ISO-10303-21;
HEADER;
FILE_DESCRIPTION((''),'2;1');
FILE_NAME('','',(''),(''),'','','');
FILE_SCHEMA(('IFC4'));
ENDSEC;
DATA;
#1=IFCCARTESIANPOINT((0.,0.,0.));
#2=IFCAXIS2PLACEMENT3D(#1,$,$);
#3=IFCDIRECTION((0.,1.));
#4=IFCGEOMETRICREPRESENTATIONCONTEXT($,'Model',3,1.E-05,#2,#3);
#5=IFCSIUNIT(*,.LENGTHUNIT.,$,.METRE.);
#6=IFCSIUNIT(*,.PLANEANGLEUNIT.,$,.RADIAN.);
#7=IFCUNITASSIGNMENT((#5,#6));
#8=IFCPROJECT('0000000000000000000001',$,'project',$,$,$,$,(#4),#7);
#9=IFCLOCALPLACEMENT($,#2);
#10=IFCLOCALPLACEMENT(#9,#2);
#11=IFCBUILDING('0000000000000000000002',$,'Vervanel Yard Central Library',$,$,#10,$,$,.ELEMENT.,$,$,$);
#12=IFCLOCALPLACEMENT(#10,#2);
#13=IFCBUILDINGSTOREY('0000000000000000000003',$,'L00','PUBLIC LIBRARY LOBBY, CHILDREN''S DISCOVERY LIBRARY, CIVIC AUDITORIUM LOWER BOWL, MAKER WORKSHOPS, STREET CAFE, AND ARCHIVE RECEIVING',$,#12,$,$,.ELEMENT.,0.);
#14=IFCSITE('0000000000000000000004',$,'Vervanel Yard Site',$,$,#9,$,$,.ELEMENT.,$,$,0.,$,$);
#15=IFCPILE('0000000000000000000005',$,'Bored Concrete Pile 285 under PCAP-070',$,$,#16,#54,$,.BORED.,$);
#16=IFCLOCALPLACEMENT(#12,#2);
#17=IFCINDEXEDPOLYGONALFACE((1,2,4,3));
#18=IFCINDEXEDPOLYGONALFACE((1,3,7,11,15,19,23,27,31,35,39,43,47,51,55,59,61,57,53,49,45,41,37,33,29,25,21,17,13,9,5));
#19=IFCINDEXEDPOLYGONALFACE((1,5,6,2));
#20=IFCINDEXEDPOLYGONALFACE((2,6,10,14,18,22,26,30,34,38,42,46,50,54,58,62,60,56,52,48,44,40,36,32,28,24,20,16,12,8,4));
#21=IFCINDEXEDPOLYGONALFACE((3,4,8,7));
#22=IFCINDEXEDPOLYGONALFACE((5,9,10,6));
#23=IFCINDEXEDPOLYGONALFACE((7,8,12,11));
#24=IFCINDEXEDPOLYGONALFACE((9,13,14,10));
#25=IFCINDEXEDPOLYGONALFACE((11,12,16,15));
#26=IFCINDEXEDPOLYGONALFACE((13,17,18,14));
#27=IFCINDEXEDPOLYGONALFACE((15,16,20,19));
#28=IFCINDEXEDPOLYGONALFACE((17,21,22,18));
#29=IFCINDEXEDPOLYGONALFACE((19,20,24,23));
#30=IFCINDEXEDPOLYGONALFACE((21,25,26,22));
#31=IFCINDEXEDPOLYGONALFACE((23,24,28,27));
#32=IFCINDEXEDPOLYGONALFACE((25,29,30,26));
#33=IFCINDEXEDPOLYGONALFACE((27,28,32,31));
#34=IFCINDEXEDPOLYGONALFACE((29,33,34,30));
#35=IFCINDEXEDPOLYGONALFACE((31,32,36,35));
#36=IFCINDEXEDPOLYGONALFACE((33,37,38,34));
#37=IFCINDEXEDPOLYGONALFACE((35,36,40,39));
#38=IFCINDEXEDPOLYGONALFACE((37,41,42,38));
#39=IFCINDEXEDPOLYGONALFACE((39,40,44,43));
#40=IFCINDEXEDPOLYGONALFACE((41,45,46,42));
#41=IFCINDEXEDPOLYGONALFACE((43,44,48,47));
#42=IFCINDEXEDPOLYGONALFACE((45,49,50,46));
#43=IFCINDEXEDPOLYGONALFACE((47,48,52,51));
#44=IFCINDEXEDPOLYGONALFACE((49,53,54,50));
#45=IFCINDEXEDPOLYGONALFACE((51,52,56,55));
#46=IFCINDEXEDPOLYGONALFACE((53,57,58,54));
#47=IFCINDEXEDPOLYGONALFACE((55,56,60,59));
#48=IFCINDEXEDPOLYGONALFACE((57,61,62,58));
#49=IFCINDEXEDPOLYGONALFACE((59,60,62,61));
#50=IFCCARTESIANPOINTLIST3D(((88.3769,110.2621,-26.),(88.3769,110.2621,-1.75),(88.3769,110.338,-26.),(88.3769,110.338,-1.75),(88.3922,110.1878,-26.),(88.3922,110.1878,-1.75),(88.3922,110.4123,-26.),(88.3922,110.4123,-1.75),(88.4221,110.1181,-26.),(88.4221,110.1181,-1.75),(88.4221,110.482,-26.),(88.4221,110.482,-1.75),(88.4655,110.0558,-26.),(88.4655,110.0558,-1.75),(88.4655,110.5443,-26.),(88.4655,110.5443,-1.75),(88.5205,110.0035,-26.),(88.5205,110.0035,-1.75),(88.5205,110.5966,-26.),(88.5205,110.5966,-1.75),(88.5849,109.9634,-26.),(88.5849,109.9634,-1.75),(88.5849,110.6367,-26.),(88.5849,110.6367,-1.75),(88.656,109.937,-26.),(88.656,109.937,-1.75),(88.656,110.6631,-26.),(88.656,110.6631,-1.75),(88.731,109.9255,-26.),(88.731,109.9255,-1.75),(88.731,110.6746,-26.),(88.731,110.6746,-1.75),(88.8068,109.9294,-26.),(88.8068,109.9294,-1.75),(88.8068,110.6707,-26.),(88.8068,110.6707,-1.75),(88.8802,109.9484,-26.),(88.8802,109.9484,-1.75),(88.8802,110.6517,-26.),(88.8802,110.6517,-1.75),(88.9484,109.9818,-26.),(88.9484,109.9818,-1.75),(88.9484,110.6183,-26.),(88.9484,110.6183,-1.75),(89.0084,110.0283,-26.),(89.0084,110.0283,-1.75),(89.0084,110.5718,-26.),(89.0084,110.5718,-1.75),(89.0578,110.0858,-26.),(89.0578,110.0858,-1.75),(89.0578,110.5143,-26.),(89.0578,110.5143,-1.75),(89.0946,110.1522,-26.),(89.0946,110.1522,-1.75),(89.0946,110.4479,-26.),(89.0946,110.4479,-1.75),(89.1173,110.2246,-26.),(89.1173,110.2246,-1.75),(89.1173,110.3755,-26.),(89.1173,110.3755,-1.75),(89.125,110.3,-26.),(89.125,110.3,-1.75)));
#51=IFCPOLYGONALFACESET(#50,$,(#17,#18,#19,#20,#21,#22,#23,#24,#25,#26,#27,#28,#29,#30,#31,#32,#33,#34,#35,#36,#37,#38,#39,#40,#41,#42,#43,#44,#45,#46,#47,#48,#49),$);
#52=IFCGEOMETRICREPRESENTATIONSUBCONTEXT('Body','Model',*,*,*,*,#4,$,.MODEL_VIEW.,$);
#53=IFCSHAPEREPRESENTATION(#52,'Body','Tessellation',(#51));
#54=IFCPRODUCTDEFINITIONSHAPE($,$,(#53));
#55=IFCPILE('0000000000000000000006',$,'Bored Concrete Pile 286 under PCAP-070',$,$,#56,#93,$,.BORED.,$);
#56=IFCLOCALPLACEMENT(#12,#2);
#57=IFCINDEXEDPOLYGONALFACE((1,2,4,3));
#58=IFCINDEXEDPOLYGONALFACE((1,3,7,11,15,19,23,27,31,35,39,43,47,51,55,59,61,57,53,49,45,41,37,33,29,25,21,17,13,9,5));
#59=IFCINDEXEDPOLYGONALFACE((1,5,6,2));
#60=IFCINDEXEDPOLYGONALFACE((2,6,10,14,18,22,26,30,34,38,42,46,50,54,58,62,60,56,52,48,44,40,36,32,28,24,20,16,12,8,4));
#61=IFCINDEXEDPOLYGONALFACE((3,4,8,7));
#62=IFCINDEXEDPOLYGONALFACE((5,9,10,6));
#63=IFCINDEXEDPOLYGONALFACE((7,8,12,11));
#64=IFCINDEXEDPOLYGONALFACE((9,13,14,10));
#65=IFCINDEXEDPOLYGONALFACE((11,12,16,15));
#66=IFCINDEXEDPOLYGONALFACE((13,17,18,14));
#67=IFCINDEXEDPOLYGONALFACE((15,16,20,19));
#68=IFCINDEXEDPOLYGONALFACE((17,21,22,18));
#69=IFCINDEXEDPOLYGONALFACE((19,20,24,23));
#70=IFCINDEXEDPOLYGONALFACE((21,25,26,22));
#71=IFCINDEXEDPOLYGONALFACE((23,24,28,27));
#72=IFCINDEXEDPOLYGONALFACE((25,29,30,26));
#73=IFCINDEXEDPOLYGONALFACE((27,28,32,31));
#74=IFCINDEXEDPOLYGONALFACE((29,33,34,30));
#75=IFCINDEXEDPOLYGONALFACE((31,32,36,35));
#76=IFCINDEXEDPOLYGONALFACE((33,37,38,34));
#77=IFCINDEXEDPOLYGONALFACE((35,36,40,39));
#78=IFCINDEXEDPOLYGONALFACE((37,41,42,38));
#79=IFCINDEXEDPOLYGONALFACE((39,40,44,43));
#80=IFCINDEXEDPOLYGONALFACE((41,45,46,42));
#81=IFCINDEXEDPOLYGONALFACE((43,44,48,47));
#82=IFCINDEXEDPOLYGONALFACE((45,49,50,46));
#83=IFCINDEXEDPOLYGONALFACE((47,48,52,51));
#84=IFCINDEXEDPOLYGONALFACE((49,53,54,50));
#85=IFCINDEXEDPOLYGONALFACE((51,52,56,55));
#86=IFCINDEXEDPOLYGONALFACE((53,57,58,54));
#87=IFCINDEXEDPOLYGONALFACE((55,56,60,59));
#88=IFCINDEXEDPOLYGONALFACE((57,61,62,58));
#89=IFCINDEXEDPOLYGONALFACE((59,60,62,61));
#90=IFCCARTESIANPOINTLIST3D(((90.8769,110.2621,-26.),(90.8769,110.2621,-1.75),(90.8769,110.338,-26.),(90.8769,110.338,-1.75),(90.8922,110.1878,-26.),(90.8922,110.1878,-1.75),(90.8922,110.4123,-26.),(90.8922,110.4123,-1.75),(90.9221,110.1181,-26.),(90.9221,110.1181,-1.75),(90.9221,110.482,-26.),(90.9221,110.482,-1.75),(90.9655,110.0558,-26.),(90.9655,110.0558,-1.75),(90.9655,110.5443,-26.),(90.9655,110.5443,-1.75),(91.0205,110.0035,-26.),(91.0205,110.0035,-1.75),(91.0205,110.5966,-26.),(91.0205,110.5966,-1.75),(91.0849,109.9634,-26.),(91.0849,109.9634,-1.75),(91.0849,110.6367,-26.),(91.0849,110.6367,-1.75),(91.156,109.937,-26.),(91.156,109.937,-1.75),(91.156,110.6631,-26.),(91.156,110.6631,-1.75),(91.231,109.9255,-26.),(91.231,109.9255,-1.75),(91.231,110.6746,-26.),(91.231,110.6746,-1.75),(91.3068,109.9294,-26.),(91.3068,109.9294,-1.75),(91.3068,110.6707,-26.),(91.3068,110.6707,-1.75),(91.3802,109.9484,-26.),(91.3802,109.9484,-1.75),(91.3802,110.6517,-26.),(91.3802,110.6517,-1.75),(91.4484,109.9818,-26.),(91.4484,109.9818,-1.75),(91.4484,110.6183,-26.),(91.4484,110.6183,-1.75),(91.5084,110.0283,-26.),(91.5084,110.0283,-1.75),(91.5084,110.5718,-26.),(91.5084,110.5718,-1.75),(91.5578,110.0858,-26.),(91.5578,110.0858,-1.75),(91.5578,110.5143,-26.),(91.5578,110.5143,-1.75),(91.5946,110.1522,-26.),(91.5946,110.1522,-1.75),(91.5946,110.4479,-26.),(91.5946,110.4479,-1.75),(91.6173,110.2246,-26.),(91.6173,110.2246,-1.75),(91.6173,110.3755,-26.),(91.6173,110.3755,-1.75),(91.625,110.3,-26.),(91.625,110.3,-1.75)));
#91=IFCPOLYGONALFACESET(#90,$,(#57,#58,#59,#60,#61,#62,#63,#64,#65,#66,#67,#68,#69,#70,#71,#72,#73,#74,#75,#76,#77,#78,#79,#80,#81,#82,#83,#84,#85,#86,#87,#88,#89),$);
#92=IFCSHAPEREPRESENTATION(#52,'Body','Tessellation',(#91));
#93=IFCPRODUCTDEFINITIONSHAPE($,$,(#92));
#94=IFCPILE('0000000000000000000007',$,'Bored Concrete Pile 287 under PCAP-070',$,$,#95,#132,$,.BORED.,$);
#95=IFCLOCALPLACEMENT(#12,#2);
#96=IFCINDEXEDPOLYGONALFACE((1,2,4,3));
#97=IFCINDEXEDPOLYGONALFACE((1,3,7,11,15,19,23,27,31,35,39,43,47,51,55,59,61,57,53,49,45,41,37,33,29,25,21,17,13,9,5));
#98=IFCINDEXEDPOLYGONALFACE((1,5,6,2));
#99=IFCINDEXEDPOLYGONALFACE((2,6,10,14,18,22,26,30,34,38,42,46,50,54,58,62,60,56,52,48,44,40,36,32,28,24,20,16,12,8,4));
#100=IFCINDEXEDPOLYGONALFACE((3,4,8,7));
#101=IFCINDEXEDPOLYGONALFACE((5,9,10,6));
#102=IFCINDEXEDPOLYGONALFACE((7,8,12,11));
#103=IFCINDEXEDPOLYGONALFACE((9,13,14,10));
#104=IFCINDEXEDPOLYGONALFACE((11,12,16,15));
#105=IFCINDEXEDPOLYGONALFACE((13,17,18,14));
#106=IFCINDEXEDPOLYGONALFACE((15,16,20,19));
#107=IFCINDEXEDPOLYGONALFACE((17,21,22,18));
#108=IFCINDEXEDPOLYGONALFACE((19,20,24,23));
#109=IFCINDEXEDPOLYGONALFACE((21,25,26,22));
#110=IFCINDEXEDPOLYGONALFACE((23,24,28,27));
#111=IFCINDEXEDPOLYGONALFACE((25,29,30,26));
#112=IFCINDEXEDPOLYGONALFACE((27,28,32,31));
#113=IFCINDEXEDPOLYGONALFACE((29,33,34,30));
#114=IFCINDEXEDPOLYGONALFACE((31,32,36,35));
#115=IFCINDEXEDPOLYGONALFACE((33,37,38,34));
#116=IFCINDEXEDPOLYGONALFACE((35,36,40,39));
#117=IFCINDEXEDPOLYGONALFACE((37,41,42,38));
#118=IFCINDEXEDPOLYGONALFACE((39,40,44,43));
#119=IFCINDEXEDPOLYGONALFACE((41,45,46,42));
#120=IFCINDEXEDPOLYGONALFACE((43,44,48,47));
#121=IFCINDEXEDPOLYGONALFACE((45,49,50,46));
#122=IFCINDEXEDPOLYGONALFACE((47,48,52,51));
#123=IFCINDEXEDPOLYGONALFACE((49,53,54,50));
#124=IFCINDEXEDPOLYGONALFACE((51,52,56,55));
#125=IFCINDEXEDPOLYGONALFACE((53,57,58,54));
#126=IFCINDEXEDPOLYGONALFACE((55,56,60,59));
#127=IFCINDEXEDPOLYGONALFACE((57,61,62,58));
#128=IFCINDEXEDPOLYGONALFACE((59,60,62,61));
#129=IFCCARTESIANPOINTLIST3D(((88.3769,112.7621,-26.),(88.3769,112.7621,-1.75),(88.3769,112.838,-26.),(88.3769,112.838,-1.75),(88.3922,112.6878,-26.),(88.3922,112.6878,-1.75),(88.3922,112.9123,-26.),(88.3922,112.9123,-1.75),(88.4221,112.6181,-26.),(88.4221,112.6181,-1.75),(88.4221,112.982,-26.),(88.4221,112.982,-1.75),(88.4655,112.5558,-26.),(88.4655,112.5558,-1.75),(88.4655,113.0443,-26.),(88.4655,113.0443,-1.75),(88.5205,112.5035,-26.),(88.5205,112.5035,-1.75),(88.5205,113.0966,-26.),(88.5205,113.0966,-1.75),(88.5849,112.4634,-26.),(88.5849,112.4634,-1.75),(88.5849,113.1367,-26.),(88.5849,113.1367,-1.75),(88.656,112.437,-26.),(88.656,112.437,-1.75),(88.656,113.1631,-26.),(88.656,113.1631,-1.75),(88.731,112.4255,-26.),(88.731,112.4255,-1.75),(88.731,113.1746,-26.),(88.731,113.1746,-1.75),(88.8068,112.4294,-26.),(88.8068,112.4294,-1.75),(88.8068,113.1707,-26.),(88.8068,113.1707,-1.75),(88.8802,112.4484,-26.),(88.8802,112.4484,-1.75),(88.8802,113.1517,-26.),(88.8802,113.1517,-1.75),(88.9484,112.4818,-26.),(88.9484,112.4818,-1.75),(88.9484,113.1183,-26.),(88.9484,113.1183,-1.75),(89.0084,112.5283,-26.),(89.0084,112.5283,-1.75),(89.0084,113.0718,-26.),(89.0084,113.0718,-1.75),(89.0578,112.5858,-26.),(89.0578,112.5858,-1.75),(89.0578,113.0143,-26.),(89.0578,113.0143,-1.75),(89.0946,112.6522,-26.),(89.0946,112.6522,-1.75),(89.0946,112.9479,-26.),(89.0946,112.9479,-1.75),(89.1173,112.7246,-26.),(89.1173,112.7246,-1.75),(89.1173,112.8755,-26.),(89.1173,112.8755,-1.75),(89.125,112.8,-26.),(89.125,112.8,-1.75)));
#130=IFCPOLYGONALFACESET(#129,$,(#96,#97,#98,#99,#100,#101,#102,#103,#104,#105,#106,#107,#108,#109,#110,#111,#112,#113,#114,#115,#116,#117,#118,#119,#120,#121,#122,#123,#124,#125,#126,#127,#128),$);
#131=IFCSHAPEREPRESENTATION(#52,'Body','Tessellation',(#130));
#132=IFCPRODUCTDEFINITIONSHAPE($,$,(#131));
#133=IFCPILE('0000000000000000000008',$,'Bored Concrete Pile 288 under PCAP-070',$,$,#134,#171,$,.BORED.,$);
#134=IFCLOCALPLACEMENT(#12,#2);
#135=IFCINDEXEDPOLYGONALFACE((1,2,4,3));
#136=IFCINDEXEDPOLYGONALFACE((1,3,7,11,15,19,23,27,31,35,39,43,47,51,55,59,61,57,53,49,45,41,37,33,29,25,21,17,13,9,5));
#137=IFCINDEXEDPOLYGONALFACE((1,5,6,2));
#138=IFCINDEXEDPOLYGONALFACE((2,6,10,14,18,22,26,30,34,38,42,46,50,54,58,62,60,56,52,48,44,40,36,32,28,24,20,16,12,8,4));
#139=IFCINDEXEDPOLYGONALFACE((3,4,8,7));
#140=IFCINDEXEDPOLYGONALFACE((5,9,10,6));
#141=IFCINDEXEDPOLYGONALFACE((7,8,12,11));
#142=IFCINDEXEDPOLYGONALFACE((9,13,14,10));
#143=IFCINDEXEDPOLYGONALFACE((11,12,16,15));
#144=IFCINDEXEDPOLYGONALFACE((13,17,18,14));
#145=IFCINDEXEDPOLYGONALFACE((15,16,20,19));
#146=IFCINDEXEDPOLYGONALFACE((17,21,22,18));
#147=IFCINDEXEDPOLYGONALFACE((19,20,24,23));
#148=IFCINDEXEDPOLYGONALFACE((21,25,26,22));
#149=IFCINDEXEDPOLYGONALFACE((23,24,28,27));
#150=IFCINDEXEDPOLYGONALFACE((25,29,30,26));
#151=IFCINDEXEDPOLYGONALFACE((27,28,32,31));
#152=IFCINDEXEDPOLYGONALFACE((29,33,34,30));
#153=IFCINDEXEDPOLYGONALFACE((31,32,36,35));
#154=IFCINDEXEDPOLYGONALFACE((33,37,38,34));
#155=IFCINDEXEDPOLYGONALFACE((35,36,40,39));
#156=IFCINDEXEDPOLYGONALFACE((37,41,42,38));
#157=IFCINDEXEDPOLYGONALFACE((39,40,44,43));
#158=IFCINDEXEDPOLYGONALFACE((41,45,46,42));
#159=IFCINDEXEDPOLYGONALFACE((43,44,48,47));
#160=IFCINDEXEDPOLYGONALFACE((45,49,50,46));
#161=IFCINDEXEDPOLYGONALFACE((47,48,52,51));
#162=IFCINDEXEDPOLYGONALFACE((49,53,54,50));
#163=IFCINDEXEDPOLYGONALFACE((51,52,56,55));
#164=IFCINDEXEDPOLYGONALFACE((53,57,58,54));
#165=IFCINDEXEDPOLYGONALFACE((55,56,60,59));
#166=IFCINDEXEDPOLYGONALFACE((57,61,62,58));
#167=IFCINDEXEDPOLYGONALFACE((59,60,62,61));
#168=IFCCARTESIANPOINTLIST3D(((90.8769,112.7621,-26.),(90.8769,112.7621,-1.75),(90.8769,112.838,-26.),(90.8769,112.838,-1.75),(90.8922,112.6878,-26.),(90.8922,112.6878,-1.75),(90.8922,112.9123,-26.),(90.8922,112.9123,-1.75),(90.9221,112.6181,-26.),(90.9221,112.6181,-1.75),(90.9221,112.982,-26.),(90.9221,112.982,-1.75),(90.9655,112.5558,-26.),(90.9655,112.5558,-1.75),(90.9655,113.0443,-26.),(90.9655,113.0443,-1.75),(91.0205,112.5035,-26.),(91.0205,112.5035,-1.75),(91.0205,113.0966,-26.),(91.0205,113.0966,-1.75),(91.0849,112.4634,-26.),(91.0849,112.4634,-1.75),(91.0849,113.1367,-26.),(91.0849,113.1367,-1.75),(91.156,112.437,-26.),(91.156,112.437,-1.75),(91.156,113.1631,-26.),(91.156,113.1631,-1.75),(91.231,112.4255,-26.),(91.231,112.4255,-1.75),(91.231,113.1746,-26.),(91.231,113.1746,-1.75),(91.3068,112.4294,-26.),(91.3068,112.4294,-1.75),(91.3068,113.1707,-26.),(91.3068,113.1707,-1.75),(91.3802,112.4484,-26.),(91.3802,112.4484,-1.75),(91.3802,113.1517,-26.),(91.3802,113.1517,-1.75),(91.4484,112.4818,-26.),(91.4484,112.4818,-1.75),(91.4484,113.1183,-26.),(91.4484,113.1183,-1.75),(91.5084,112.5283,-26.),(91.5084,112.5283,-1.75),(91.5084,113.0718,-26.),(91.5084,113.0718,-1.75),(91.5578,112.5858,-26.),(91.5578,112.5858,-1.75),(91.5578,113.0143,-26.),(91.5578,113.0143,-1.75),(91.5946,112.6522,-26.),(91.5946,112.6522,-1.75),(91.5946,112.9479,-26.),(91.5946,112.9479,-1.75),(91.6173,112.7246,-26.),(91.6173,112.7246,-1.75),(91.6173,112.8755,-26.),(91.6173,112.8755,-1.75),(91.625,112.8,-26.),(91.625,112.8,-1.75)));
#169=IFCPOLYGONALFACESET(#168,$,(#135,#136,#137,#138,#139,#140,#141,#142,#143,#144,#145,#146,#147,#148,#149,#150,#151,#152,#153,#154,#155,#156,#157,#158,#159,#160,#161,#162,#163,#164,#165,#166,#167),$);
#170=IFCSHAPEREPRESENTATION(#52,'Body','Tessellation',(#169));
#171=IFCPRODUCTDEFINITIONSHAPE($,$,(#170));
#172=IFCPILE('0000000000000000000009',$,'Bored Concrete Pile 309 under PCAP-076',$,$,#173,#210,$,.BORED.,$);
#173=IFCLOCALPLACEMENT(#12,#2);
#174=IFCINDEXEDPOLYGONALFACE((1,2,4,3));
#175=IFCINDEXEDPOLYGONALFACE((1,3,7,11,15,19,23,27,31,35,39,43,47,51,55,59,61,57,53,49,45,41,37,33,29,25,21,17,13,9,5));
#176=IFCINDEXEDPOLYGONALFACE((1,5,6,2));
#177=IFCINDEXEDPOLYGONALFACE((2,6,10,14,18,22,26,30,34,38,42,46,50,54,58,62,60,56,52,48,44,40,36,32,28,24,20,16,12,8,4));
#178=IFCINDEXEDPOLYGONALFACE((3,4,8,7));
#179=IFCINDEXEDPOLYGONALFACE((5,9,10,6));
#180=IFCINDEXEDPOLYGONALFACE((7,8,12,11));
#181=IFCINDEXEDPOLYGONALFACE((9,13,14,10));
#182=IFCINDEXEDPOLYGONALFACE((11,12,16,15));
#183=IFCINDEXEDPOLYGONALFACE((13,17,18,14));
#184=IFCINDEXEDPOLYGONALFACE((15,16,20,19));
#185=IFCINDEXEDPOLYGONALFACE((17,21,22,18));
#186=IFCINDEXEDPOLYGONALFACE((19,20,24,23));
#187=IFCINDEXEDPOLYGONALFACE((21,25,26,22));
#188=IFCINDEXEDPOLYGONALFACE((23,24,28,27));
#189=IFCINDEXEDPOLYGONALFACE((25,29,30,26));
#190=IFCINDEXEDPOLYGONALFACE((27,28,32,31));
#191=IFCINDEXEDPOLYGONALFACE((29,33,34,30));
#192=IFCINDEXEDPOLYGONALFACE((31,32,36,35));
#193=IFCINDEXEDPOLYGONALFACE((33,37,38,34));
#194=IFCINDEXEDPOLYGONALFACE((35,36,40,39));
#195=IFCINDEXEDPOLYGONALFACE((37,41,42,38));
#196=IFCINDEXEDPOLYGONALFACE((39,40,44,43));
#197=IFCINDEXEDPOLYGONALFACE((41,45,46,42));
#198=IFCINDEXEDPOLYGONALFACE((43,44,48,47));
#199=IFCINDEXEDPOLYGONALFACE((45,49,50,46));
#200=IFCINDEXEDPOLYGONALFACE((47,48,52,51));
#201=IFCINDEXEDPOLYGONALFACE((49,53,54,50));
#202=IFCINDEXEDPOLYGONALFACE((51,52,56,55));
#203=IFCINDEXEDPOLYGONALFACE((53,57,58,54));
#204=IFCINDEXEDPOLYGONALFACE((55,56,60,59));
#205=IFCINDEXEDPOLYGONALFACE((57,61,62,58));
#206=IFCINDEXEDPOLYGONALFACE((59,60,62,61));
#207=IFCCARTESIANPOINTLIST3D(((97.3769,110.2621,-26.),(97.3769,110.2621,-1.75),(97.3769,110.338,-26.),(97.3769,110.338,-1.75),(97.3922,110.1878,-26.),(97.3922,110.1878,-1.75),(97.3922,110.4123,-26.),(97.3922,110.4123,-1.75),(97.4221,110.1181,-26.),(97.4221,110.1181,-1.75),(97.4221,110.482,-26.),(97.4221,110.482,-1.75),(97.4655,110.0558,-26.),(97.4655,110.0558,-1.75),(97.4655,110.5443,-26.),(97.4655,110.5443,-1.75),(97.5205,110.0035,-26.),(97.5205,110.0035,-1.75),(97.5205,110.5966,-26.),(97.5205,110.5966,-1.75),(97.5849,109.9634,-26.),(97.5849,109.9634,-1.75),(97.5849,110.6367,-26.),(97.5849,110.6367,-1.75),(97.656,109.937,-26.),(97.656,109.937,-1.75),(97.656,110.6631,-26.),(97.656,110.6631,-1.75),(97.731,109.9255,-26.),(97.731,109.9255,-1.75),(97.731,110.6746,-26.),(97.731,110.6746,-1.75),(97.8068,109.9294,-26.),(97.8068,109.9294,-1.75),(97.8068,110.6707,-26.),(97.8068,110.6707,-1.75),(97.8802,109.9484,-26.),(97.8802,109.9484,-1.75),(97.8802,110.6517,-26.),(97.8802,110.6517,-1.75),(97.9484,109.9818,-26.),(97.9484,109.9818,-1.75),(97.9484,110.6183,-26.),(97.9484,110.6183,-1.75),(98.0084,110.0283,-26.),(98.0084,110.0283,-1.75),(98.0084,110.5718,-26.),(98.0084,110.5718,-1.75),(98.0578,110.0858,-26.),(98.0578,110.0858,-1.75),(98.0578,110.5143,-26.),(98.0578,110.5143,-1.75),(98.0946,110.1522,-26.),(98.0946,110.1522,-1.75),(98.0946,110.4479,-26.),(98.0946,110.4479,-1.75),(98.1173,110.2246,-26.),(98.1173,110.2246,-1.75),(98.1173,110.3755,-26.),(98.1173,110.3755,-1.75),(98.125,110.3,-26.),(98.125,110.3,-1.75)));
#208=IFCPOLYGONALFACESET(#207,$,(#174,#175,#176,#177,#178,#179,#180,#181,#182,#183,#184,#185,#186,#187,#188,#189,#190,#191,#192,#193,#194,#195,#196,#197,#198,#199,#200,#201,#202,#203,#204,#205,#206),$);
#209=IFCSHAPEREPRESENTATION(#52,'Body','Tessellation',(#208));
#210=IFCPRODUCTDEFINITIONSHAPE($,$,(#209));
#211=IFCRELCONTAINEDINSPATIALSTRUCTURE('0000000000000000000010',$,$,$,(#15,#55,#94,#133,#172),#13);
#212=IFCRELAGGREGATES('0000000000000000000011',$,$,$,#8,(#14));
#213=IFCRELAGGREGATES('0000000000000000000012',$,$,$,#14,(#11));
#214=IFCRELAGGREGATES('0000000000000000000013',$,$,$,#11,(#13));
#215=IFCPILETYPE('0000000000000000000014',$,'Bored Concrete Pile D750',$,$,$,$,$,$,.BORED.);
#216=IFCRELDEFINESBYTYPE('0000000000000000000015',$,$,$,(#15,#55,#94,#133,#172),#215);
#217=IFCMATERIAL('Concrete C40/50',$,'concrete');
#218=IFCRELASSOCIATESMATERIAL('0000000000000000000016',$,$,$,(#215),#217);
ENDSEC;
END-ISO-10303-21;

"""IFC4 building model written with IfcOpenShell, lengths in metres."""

from ifc_helpers import new_model, si_unit, direction, frame, origin, origin_2d, place, context, subcontext, project, spatial, circle, extrude, material, material_profile, profile_set, type_object, element, save


model = new_model("IFC4")

# Units and contexts
model_context = context("Model", 3, precision=1e-05, world=origin(), true_north=direction((0.0, 1.0)))
body_context = subcontext(model_context, "Body", "Model", "MODEL_VIEW")
ifc_project = project(units=[si_unit("LENGTHUNIT", "METRE"), si_unit("PLANEANGLEUNIT", "RADIAN")], contexts=[model_context])

# Site, building, storey
site_placement = place(None, origin())
site = spatial("IfcSite", under=ifc_project, at=site_placement, Name="Vervanel Yard Site", CompositionType="ELEMENT", RefElevation=0.0)
building_placement = place(site_placement, origin())
building = spatial("IfcBuilding", under=site, at=building_placement, Name="Vervanel Yard Central Library", CompositionType="ELEMENT")
storey_placement = place(building_placement, origin())
storey = spatial("IfcBuildingStorey", under=building, at=storey_placement, Name="L00", Description="PUBLIC LIBRARY LOBBY, CHILDREN'S DISCOVERY LIBRARY, CIVIC AUDITORIUM LOWER BOWL, MAKER WORKSHOPS, STREET CAFE, AND ARCHIVE RECEIVING", CompositionType="ELEMENT", Elevation=0.0)

# Piles
ifc_material_1 = material(Name="Concrete C40/50", Category="concrete")
ifc_material_profile_1 = material_profile(ifc_material_1, circle(Radius=0.375, at=origin_2d()), Name="BP D750", Category="concrete")
ifc_profile_set_1 = profile_set([ifc_material_profile_1], Name="Concrete C40/50")
pile_type_1 = type_object("IfcPileType", Name="Bored Concrete Pile D750", PredefinedType="BORED", material=ifc_profile_set_1)
for number, where, z_axis, x_axis, name in (
    (1, (88.75, 110.3, -1.75), (0.0, 0.0, -1.0), (1.0, 0.0, 0.0), "Bored Concrete Pile 285 under PCAP-070"),
    (2, (91.25, 110.3, -1.75), (0.0, 0.0, -1.0), (1.0, 0.0, 0.0), "Bored Concrete Pile 286 under PCAP-070"),
    (3, (88.75, 112.8, -1.75), (0.0, 0.0, -1.0), (1.0, 0.0, 0.0), "Bored Concrete Pile 287 under PCAP-070"),
    (4, (91.25, 112.8, -1.75), (0.0, 0.0, -1.0), (1.0, 0.0, 0.0), "Bored Concrete Pile 288 under PCAP-070"),
    (5, (97.75, 110.3, -1.75), (0.0, 0.0, -1.0), (1.0, 0.0, 0.0), "Bored Concrete Pile 309 under PCAP-076"),
):
    element("IfcPile", number, at=place(storey_placement, frame(where, z_axis=z_axis, x_axis=x_axis)), inside=storey, type_object=pile_type_1, Name=name, PredefinedType="BORED", context=body_context, shape_type="SweptSolid", body=[
        extrude(circle(Radius=0.375, at=origin_2d()), origin(), (0.0, 0.0, 1.0), 24.25),
    ])

save(model, "model.ifc")
